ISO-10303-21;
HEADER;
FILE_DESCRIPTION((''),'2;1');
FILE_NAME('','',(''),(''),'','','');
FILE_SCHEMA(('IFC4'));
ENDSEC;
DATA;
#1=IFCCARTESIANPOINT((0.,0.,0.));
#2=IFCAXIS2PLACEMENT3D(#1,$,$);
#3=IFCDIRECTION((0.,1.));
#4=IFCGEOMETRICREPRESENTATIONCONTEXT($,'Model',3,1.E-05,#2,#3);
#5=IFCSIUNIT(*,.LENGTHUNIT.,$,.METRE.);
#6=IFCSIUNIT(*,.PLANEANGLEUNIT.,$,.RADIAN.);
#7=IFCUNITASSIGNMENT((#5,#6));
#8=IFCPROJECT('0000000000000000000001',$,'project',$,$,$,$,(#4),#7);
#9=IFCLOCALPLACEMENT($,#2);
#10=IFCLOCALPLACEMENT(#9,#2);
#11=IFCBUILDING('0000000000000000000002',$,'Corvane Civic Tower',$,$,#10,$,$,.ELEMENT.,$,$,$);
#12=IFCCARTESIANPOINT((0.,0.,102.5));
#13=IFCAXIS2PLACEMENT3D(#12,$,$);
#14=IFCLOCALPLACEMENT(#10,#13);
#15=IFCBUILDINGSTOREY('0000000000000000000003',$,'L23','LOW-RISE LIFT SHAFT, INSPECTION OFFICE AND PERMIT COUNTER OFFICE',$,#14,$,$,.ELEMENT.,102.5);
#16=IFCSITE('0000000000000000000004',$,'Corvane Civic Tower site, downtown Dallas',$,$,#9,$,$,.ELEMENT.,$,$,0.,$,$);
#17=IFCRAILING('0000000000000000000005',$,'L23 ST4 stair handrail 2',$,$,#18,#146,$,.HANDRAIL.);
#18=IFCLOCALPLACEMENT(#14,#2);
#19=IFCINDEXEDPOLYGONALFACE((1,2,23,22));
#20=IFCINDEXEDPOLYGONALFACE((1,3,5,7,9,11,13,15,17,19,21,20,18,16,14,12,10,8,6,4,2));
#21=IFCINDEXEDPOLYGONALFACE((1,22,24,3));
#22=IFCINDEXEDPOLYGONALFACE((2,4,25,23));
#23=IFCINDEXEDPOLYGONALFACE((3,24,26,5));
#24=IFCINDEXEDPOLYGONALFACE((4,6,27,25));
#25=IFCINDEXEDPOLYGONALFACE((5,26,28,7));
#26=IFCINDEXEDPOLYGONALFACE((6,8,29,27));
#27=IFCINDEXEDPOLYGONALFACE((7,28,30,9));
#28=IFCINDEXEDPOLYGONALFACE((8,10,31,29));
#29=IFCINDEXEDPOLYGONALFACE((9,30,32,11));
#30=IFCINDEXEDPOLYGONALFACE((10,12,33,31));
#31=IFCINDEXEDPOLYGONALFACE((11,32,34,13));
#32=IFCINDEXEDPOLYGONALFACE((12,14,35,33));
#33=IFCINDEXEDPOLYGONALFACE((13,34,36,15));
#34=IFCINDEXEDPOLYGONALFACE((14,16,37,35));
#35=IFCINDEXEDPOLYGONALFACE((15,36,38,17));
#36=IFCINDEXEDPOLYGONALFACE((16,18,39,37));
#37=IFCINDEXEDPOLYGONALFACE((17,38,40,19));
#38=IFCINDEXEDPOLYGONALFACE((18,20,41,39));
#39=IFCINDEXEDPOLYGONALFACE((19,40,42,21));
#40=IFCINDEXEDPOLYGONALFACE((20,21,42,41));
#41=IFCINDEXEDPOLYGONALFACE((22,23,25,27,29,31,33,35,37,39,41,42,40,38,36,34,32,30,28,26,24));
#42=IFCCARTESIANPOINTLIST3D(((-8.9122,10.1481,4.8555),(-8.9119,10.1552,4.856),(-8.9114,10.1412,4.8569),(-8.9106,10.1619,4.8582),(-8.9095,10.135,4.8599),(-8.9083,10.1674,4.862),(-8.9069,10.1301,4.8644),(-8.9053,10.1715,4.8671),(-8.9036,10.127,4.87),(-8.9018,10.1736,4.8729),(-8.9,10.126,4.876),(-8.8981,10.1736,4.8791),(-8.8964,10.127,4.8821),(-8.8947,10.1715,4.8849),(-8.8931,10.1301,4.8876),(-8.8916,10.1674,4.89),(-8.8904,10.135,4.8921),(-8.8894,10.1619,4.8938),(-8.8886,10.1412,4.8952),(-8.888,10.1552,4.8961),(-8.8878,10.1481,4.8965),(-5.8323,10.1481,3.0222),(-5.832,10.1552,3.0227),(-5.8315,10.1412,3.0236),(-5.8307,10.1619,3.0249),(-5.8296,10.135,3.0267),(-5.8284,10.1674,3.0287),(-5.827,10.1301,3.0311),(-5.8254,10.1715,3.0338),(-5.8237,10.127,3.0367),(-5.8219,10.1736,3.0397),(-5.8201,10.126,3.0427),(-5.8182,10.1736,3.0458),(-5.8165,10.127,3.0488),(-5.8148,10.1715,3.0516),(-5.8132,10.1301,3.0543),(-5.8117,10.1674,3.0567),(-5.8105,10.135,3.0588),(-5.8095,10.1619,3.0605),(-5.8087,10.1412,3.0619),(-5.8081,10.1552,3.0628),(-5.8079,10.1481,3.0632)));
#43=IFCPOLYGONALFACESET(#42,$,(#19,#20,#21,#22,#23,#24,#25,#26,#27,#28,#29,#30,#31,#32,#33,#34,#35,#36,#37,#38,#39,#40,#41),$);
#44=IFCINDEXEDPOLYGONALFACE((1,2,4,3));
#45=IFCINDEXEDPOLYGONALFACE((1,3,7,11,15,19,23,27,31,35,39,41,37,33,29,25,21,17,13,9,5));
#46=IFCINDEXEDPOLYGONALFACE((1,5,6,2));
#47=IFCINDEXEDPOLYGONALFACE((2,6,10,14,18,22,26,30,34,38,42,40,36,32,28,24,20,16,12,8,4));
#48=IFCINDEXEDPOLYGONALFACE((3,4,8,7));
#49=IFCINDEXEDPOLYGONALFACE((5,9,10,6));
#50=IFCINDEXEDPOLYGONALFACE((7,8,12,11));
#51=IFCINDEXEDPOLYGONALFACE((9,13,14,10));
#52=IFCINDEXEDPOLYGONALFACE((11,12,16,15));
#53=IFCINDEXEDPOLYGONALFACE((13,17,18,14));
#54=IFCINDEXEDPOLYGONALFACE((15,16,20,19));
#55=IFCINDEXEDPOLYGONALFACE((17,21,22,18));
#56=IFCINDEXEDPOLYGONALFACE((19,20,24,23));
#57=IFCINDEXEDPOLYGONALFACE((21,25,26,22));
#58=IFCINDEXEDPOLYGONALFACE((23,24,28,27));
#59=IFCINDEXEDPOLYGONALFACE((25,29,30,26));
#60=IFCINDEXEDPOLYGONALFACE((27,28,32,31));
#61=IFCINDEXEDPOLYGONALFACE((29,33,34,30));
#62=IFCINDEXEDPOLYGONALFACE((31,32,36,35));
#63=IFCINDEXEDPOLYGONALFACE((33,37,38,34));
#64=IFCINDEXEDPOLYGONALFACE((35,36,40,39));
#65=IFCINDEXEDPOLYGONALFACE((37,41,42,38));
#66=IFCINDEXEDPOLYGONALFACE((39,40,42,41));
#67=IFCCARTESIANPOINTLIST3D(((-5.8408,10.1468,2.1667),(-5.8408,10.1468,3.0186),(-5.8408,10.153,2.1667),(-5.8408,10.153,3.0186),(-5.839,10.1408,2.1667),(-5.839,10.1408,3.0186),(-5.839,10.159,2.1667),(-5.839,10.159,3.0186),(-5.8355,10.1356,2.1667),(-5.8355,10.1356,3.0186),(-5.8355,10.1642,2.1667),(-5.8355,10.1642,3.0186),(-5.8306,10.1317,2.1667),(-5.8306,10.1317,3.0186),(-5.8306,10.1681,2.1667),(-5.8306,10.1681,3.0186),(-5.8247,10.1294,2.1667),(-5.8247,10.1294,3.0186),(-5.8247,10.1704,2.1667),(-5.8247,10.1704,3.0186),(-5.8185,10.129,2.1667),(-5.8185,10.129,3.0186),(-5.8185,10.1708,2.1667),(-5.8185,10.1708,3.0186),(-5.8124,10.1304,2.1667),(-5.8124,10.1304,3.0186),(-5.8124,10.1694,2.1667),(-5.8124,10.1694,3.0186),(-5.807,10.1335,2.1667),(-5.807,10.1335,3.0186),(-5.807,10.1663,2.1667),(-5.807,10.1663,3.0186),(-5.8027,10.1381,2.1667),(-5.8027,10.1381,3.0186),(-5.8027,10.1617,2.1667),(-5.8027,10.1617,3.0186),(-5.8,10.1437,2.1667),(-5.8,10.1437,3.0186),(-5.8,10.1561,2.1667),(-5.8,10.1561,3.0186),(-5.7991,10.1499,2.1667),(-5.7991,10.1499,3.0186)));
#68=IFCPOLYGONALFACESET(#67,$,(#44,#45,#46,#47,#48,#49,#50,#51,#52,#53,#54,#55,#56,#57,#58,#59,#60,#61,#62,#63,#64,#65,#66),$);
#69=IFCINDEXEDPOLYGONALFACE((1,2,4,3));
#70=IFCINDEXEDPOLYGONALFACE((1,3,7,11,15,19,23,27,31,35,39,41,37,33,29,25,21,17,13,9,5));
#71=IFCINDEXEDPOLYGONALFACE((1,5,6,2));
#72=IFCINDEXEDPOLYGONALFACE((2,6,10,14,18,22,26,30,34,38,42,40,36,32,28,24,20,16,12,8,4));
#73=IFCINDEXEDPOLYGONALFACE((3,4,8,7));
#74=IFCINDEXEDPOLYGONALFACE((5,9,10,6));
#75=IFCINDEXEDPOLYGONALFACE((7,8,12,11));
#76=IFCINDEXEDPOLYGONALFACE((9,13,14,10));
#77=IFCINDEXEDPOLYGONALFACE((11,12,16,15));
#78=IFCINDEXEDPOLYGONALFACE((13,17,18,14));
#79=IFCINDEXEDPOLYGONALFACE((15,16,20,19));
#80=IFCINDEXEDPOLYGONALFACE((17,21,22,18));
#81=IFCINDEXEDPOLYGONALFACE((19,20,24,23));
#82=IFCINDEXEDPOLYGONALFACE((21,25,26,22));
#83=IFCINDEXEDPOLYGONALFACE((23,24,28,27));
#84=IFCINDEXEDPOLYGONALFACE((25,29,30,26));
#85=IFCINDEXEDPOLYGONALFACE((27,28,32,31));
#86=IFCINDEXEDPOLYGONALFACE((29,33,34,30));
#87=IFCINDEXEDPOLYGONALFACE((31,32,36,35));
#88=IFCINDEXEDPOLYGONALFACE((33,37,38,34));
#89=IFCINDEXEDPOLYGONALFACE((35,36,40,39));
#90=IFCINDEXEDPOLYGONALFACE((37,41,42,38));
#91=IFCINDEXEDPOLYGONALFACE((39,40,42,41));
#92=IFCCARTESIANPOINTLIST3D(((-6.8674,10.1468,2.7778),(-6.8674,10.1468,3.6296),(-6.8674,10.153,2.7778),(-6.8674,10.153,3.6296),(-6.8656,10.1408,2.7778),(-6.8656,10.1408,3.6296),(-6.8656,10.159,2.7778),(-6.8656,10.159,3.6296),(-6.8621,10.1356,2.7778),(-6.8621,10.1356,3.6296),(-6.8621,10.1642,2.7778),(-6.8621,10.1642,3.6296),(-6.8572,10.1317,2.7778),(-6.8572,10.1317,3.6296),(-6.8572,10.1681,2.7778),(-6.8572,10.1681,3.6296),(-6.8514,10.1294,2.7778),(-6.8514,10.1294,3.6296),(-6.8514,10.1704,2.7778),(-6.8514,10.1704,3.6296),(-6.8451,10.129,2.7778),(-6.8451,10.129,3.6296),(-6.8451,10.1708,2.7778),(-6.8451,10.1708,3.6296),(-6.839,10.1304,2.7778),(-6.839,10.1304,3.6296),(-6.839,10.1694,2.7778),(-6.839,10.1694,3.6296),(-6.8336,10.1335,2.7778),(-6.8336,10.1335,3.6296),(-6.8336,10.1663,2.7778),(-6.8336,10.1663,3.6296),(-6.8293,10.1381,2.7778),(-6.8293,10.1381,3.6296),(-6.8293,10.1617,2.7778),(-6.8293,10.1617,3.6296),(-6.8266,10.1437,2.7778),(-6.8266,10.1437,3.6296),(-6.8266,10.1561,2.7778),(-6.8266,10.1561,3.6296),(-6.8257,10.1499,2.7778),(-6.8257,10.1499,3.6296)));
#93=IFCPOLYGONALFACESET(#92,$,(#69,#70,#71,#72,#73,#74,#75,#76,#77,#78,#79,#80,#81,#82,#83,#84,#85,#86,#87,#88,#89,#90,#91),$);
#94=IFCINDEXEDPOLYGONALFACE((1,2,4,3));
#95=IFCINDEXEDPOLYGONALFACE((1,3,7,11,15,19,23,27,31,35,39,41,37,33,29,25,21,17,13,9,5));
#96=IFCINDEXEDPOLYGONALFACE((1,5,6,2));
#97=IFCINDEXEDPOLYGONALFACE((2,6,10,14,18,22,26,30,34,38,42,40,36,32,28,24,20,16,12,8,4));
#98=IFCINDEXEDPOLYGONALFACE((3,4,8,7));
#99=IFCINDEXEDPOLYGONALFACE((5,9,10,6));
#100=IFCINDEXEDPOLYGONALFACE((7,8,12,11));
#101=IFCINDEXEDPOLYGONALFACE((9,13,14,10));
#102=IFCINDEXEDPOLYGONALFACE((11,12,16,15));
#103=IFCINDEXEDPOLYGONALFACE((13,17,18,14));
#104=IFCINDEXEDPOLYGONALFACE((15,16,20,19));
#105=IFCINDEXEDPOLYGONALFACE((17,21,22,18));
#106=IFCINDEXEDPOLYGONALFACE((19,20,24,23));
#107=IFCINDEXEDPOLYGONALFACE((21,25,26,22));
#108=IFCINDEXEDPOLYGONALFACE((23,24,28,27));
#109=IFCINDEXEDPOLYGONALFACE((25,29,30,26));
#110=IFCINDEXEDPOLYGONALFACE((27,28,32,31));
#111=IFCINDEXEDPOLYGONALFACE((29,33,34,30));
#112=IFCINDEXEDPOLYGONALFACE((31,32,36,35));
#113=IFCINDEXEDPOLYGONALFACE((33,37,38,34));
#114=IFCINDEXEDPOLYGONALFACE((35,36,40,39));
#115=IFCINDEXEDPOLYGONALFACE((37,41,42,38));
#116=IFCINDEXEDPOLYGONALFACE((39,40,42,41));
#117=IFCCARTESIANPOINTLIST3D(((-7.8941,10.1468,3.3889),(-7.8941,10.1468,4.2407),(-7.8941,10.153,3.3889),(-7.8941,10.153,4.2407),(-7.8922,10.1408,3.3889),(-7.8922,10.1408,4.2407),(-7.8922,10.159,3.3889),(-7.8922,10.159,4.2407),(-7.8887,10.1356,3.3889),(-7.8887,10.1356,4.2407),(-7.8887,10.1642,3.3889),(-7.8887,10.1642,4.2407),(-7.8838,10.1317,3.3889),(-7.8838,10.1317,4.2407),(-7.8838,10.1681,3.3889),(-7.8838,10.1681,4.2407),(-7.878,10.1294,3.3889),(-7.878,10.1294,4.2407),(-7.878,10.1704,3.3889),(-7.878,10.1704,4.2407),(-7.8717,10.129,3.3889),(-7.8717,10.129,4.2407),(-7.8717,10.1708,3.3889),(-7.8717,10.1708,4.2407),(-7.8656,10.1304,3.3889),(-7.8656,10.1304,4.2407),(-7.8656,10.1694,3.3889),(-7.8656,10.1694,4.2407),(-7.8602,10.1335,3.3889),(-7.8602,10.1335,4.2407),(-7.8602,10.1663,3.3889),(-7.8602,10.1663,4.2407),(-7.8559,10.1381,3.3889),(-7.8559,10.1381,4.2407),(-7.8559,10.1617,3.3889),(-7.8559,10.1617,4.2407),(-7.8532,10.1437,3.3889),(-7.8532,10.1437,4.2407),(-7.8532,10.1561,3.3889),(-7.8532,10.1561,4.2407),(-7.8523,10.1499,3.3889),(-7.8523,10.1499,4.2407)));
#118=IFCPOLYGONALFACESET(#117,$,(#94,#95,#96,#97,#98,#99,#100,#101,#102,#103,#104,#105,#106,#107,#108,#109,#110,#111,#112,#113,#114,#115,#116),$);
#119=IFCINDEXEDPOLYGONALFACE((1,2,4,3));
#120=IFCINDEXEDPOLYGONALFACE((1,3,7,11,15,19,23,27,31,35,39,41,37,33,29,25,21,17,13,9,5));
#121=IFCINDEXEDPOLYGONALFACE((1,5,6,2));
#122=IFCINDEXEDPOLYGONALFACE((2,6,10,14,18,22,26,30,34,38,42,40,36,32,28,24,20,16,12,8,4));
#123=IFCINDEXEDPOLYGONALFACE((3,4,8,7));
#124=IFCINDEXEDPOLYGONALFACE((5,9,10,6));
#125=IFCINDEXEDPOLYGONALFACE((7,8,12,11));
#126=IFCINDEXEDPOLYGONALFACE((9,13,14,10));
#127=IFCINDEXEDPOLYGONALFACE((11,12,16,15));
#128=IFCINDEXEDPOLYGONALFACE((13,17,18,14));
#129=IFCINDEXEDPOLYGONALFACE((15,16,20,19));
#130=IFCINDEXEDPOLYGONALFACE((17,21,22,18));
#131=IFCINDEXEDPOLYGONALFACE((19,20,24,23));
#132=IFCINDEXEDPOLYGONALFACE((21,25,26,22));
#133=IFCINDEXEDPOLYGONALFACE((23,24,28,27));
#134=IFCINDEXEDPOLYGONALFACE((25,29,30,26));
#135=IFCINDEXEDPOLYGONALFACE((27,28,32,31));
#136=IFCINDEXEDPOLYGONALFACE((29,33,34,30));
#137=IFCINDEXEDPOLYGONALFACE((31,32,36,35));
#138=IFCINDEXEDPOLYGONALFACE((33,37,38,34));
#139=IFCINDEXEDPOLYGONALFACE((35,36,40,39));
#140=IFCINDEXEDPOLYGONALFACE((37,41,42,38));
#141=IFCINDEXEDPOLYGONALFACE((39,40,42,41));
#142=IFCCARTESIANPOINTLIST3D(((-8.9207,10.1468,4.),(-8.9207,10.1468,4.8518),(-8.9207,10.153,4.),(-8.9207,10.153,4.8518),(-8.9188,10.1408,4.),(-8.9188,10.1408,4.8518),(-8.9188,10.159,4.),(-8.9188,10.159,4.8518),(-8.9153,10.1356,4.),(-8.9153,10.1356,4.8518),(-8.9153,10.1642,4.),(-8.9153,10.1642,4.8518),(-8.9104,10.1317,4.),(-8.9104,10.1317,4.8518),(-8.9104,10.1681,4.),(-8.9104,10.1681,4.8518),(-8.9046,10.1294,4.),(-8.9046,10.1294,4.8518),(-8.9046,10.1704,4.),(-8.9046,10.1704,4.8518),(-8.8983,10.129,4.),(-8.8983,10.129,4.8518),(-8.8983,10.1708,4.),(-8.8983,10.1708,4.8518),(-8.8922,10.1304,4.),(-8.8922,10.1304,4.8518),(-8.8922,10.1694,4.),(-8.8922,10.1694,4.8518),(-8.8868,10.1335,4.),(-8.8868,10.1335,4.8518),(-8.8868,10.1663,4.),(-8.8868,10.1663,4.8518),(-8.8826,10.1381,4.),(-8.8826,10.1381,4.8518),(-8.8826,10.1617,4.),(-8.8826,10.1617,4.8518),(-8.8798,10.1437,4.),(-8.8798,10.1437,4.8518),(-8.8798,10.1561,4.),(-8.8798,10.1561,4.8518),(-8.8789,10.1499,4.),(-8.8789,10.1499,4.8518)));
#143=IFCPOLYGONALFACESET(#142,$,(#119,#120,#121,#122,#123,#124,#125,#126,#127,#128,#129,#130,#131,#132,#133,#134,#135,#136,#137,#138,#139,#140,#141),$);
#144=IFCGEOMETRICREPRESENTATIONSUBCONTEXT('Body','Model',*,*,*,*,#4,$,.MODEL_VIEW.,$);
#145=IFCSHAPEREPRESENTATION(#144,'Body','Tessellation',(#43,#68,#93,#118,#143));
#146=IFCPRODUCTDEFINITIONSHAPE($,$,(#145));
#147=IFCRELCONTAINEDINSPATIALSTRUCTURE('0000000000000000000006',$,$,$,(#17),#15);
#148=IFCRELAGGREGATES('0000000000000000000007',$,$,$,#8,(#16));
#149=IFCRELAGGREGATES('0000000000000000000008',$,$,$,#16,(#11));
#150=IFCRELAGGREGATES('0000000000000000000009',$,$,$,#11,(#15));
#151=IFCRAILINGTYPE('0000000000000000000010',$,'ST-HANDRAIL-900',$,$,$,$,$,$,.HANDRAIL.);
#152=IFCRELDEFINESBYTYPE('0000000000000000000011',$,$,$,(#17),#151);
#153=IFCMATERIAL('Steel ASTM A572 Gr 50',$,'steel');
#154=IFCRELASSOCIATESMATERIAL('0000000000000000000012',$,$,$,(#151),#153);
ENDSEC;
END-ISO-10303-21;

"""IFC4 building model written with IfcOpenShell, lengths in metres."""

from ifc_helpers import new_model, si_unit, direction, frame, origin, origin_2d, place, context, subcontext, project, spatial, circle, extrude, material, type_object, element, save


model = new_model("IFC4")

# Units and contexts
model_context = context("Model", 3, precision=1e-05, world=origin(), true_north=direction((0.0, 1.0)))
body_context = subcontext(model_context, "Body", "Model", "MODEL_VIEW")
ifc_project = project(units=[si_unit("LENGTHUNIT", "METRE"), si_unit("PLANEANGLEUNIT", "RADIAN")], contexts=[model_context])

# Site, building, storey
site_placement = place(None, origin())
site = spatial("IfcSite", under=ifc_project, at=site_placement, Name="Corvane Civic Tower site, downtown Dallas", CompositionType="ELEMENT", RefElevation=0.0)
building_placement = place(site_placement, origin())
building = spatial("IfcBuilding", under=site, at=building_placement, Name="Corvane Civic Tower", CompositionType="ELEMENT")
storey_placement = place(building_placement, frame((0.0, 0.0, 102.5)))
storey = spatial("IfcBuildingStorey", under=building, at=storey_placement, Name="L23", Description="LOW-RISE LIFT SHAFT, INSPECTION OFFICE AND PERMIT COUNTER OFFICE", CompositionType="ELEMENT", Elevation=102.5)

# Railing
ifc_material_1 = material(Name="Steel ASTM A572 Gr 50", Category="steel")
railing_type_1 = type_object("IfcRailingType", Name="ST-HANDRAIL-900", PredefinedType="HANDRAIL", material=ifc_material_1)
railing_1_placement = place(storey_placement, frame((-5.8201, 10.1499, 2.1667)))
element("IfcRailing", 1, at=railing_1_placement, inside=storey, type_object=railing_type_1, Name="L23 ST4 stair handrail 2", PredefinedType="HANDRAIL", context=body_context, shape_type="SweptSolid", body=[
    extrude(circle(Radius=0.0239, at=origin_2d()), frame((0.0, 0.0, 0.876), z_axis=(-0.859291, 0.0, 0.511487), x_axis=(0.0, -1.0, 0.0)), (0.0, 0.0, 1.0), 3.5842),
    extrude(circle(Radius=0.021, at=origin_2d()), origin(), (0.0, 0.0, 1.0), 0.8518),
    extrude(circle(Radius=0.021, at=origin_2d()), frame((-1.0266, 0.0, 0.6111)), (0.0, 0.0, 1.0), 0.8518),
    extrude(circle(Radius=0.021, at=origin_2d()), frame((-2.0532, 0.0, 1.2222)), (0.0, 0.0, 1.0), 0.8518),
    extrude(circle(Radius=0.021, at=origin_2d()), frame((-3.0798, 0.0, 1.8333)), (0.0, 0.0, 1.0), 0.8518),
])

save(model, "model.ifc")
